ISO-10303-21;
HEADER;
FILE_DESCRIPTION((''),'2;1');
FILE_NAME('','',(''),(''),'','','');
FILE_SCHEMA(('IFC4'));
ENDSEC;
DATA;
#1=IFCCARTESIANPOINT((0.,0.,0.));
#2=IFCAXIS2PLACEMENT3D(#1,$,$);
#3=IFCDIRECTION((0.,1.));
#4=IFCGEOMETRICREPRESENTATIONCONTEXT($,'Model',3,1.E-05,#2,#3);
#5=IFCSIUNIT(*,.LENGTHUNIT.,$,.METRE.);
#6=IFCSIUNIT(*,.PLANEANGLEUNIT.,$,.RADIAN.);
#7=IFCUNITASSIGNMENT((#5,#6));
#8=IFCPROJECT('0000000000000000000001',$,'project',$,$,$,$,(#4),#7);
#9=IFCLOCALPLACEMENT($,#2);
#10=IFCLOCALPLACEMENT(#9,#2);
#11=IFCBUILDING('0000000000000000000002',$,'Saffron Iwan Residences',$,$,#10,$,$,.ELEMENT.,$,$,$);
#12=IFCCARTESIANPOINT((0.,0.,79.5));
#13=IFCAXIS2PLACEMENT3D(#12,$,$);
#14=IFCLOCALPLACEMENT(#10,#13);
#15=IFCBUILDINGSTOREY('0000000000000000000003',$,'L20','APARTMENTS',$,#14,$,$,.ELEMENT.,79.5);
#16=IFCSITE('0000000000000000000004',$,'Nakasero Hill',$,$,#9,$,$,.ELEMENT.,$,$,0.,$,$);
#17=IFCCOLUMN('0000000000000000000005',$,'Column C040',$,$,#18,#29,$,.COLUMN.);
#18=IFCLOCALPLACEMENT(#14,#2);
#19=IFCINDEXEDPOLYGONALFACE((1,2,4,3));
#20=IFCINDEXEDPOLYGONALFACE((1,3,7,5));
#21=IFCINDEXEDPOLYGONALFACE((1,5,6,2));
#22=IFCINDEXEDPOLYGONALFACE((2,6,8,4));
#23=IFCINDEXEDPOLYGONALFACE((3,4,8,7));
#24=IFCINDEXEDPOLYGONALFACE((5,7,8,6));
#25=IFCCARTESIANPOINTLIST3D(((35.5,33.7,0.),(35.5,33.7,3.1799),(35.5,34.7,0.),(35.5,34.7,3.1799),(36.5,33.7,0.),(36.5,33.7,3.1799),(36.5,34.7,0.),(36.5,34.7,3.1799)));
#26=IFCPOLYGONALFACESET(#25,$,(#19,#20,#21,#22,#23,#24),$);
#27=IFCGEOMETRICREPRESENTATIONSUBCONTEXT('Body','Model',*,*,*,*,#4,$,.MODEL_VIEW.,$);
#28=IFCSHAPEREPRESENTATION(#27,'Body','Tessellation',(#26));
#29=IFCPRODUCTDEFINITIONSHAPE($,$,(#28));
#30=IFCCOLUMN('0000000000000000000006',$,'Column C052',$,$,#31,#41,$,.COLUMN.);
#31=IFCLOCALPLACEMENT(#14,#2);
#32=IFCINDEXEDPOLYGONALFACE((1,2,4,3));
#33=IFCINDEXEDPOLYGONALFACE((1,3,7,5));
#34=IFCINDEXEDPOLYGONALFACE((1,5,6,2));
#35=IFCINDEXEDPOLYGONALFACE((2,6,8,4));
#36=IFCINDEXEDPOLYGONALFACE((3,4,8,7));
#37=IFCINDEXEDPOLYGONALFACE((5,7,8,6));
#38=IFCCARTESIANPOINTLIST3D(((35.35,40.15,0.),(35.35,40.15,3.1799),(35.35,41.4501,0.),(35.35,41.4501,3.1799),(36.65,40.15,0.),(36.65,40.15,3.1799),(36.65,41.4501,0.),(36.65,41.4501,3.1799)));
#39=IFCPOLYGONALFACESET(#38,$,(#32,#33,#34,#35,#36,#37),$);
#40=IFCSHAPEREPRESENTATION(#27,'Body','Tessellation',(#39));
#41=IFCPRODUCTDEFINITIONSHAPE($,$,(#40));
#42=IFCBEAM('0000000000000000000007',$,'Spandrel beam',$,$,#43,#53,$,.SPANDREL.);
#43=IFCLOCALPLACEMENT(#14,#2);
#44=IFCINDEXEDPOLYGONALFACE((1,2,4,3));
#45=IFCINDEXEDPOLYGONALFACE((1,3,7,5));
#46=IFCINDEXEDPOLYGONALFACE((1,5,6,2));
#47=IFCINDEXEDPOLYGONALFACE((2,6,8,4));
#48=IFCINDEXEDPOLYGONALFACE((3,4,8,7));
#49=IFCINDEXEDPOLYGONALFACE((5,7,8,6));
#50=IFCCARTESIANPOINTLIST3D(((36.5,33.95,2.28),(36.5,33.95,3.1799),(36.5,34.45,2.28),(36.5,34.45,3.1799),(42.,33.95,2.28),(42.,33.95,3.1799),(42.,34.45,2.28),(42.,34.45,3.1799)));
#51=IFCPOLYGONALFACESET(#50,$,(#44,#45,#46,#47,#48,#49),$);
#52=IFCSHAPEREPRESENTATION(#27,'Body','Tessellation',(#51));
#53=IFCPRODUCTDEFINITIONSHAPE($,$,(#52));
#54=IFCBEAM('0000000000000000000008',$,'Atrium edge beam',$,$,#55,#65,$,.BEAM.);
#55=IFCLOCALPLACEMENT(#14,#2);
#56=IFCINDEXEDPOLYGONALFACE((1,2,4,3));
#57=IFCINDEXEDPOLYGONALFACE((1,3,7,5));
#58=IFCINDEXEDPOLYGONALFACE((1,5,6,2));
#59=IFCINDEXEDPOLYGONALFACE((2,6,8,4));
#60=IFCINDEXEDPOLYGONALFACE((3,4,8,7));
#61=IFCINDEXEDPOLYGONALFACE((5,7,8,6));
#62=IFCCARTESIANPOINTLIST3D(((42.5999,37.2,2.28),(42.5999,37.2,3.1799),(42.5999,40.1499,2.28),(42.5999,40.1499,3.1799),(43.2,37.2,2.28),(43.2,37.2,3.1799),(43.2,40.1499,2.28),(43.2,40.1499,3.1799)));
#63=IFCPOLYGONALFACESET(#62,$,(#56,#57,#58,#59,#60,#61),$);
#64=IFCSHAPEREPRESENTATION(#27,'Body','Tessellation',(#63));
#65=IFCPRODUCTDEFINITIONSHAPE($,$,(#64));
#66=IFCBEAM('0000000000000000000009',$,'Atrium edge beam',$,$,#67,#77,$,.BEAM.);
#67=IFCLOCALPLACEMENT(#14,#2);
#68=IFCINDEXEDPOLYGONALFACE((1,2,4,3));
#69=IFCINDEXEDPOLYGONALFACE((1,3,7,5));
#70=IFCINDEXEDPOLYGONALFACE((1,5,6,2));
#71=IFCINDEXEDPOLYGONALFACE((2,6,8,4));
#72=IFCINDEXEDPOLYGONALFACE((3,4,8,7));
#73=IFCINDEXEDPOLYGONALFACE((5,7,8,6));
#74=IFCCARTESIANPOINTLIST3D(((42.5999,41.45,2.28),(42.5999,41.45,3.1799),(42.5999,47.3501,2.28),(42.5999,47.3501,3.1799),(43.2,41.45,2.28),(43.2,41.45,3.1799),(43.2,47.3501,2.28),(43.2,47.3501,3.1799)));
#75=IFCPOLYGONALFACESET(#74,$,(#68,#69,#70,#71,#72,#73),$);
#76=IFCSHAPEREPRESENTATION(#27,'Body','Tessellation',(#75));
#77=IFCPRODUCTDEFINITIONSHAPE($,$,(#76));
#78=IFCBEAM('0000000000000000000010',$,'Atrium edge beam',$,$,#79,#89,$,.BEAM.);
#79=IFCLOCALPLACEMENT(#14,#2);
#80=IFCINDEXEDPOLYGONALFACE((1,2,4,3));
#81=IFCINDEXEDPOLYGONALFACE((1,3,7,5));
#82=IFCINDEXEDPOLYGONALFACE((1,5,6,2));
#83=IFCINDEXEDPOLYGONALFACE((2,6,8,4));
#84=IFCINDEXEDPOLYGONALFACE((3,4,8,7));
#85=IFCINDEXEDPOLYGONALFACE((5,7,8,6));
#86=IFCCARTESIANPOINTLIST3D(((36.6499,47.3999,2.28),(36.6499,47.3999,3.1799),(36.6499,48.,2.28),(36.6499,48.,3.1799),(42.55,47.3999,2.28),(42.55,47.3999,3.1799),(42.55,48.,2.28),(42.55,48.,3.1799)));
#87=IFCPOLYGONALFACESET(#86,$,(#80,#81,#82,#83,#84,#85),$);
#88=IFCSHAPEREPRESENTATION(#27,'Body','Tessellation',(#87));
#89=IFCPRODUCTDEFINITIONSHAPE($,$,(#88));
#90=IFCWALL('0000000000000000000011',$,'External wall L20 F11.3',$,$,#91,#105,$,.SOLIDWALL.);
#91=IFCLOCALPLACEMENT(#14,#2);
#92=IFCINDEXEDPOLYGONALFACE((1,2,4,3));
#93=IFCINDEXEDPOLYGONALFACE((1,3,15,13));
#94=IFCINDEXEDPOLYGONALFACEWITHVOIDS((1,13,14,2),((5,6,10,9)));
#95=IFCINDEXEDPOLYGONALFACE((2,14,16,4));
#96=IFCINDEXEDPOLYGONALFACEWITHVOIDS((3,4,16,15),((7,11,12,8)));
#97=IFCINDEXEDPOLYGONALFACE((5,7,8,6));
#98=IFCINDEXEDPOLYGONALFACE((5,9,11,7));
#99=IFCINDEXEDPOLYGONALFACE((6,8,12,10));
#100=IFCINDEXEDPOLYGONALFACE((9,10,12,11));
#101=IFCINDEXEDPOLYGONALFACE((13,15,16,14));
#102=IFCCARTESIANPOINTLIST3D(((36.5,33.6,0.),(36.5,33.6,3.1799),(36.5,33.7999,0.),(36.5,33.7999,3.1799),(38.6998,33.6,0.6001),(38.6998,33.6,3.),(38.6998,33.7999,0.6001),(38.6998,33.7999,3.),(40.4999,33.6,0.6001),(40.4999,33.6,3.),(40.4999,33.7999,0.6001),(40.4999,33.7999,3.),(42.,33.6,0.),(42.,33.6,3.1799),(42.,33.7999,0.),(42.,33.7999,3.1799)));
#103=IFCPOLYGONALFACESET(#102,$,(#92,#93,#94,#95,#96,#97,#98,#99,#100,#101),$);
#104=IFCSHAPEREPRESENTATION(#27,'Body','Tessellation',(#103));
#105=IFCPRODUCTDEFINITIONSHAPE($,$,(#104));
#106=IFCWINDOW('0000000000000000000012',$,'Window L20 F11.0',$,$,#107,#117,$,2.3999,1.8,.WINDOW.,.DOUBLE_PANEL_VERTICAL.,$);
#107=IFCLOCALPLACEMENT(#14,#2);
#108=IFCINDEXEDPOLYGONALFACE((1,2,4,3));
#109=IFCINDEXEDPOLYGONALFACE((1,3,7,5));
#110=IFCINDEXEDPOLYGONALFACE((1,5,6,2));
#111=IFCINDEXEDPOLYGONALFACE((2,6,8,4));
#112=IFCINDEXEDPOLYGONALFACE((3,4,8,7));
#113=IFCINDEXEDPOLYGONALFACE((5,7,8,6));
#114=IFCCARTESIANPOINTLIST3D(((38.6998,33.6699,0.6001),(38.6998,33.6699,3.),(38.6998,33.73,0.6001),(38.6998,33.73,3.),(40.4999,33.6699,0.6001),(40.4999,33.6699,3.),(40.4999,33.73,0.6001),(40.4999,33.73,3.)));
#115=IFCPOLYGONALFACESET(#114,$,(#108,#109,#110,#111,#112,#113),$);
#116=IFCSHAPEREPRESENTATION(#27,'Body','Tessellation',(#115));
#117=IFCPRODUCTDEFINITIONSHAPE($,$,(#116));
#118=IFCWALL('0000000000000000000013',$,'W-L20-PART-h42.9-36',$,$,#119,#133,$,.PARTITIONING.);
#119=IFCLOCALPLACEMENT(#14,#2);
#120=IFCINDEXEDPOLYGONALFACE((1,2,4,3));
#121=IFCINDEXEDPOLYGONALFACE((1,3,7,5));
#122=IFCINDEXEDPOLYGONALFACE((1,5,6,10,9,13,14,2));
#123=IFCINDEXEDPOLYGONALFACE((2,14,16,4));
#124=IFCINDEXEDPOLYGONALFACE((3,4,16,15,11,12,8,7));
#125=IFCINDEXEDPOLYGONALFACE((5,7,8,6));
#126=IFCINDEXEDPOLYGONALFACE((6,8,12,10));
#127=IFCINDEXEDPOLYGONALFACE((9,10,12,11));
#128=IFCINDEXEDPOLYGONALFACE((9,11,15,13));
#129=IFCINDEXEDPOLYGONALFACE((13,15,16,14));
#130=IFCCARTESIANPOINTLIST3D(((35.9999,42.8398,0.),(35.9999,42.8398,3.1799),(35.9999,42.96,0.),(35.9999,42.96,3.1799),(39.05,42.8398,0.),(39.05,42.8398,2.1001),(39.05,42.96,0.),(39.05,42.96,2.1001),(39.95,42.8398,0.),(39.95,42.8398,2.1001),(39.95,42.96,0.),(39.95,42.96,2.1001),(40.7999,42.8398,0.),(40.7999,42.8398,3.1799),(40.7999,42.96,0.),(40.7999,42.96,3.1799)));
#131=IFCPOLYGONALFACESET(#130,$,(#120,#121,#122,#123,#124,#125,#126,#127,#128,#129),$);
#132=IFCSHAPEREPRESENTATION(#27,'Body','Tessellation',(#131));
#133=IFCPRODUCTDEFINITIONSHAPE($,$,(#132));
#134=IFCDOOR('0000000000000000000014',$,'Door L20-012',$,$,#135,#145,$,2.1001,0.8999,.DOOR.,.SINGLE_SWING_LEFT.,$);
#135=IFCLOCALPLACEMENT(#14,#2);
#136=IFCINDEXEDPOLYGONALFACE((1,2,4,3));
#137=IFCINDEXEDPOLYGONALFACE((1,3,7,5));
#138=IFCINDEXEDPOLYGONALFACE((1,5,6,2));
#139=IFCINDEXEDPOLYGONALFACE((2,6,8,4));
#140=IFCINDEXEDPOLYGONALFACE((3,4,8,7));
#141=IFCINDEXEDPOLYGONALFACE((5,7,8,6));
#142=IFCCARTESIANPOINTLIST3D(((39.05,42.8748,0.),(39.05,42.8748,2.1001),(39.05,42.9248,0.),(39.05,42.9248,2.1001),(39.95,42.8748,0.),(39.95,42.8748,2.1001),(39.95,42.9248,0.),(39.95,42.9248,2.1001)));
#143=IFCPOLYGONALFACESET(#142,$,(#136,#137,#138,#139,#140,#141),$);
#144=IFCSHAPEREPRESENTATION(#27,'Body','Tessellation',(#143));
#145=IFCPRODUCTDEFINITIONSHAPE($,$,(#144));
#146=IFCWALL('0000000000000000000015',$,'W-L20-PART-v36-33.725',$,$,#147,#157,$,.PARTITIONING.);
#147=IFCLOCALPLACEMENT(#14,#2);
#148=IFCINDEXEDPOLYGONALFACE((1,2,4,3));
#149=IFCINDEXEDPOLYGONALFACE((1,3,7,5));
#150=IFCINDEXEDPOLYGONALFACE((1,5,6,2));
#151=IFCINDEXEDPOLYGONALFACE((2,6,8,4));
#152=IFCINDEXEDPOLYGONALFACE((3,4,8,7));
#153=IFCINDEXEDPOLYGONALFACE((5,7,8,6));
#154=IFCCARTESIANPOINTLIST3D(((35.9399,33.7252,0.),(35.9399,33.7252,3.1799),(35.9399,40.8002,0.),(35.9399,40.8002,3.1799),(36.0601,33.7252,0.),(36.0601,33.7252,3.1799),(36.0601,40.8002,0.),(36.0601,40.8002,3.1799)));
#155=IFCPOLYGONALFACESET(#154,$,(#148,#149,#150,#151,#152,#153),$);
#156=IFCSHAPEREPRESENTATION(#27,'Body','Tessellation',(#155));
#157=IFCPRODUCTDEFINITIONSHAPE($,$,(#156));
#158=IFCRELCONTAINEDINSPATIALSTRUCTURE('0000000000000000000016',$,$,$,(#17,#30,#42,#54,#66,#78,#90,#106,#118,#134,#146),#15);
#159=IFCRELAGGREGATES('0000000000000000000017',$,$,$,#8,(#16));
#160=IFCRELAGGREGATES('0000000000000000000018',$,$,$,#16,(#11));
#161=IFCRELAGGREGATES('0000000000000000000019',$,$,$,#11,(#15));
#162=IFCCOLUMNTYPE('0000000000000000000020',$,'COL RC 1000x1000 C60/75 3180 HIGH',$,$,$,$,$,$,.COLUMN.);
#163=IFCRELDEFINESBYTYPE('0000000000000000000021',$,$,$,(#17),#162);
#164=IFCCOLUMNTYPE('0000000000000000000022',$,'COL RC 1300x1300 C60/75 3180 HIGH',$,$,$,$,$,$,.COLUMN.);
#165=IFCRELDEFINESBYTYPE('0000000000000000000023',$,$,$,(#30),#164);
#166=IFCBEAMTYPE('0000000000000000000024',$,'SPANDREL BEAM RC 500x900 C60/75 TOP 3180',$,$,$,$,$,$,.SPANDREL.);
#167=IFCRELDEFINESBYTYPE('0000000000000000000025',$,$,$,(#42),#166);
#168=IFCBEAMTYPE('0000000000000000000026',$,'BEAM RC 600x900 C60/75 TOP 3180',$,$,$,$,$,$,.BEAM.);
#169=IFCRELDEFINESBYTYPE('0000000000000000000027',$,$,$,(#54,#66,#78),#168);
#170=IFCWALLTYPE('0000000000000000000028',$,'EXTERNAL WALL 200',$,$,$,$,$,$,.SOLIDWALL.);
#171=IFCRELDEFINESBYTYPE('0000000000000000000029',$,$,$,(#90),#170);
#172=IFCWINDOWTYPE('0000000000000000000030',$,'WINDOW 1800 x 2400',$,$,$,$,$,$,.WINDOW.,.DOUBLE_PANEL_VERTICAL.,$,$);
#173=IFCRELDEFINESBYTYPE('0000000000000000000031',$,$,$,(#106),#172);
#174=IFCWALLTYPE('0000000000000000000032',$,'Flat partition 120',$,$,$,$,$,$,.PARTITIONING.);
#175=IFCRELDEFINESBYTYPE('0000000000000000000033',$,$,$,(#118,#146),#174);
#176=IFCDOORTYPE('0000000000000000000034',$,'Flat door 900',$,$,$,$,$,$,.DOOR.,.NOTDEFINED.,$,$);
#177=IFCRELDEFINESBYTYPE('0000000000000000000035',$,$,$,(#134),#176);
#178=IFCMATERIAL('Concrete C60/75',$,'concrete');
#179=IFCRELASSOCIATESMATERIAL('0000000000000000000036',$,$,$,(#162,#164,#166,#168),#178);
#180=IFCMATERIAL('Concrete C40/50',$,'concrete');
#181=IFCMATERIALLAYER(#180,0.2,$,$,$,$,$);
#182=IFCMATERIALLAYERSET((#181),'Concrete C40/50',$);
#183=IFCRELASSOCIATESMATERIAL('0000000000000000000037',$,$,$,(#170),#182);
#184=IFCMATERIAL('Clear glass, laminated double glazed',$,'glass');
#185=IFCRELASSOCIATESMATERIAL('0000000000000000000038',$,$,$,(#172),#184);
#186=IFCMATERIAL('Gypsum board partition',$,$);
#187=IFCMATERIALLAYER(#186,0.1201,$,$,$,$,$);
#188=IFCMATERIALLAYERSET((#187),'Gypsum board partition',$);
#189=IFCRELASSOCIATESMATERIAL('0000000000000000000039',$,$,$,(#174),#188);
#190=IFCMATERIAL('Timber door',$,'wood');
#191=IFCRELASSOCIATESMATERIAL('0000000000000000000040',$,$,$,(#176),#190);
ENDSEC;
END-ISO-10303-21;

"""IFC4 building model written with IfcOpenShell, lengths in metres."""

from ifc_helpers import new_model, si_unit, direction, frame, frame_2d, origin, origin_2d, place, context, subcontext, project, spatial, rectangle, extrude, source, transform, mapped, material, layer, layer_set, material_profile, profile_set, type_object, element, fill, save


model = new_model("IFC4")

# Units and contexts
model_context = context("Model", 3, precision=1e-05, world=origin(), true_north=direction((0.0, 1.0)))
body_context = subcontext(model_context, "Body", "Model", "MODEL_VIEW")
ifc_project = project(units=[si_unit("LENGTHUNIT", "METRE"), si_unit("PLANEANGLEUNIT", "RADIAN")], contexts=[model_context])

# Site, building, storey
site_placement = place(None, origin())
site = spatial("IfcSite", under=ifc_project, at=site_placement, Name="Nakasero Hill", CompositionType="ELEMENT", RefElevation=0.0)
building_placement = place(site_placement, origin())
building = spatial("IfcBuilding", under=site, at=building_placement, Name="Saffron Iwan Residences", CompositionType="ELEMENT")
storey_placement = place(building_placement, frame((0.0, 0.0, 79.5)))
storey = spatial("IfcBuildingStorey", under=building, at=storey_placement, Name="L20", Description="APARTMENTS", CompositionType="ELEMENT", Elevation=79.5)

# Columns
ifc_material_1 = material(Name="Concrete C60/75", Category="concrete")
ifc_material_profile_1 = material_profile(ifc_material_1, rectangle(XDim=1.0, YDim=1.0, at=origin_2d()), Name="RC 1000x1000")
ifc_profile_set_1 = profile_set([ifc_material_profile_1], Name="Concrete C60/75")
column_type_1 = type_object("IfcColumnType", Name="COL RC 1000x1000 C60/75 3180 HIGH", PredefinedType="COLUMN", material=ifc_profile_set_1)
shared_shape_1 = source(origin(), body_context, "Body", "SweptSolid", [
    extrude(rectangle(XDim=1.0, YDim=1.0, at=origin_2d()), origin(), (0.0, 0.0, 1.0), 3.1799),
])
column_1_placement = place(storey_placement, frame((36.0, 34.2, 0.0), z_axis=(0.0, 0.0, 1.0), x_axis=(1.0, 0.0, 0.0)))
element("IfcColumn", 1, at=column_1_placement, inside=storey, type_object=column_type_1, Name="Column C040", PredefinedType="COLUMN", context=body_context, shape_type="MappedRepresentation", body=[
    mapped(shared_shape_1, transform((0.0, 0.0, 0.0))),
])
ifc_material_profile_2 = material_profile(ifc_material_1, rectangle(XDim=1.3, YDim=1.3, at=origin_2d()), Name="RC 1300x1300")
ifc_profile_set_2 = profile_set([ifc_material_profile_2], Name="Concrete C60/75")
column_type_2 = type_object("IfcColumnType", Name="COL RC 1300x1300 C60/75 3180 HIGH", PredefinedType="COLUMN", material=ifc_profile_set_2)
shared_shape_2 = source(origin(), body_context, "Body", "SweptSolid", [
    extrude(rectangle(XDim=1.3, YDim=1.3, at=origin_2d()), origin(), (0.0, 0.0, 1.0), 3.1799),
])
column_2_placement = place(storey_placement, frame((36.0, 40.8, 0.0), z_axis=(0.0, 0.0, 1.0), x_axis=(1.0, 0.0, 0.0)))
element("IfcColumn", 2, at=column_2_placement, inside=storey, type_object=column_type_2, Name="Column C052", PredefinedType="COLUMN", context=body_context, shape_type="MappedRepresentation", body=[
    mapped(shared_shape_2, transform((0.0, 0.0, 0.0))),
])

# Beams
ifc_material_profile_3 = material_profile(ifc_material_1, rectangle(XDim=0.5, YDim=0.8999, at=origin_2d()), Name="RC 500x900")
ifc_profile_set_3 = profile_set([ifc_material_profile_3], Name="Concrete C60/75")
beam_type_1 = type_object("IfcBeamType", Name="SPANDREL BEAM RC 500x900 C60/75 TOP 3180", PredefinedType="SPANDREL", material=ifc_profile_set_3)
shared_shape_3 = source(origin(), body_context, "Body", "SweptSolid", [
    extrude(rectangle(XDim=0.5, YDim=0.8999, at=origin_2d()), origin(), (0.0, 0.0, 1.0), 5.5),
])
beam_1_placement = place(storey_placement, frame((42.0, 34.2, 2.73), z_axis=(-1.0, 0.0, 0.0), x_axis=(0.0, -1.0, 0.0)))
element("IfcBeam", 3, at=beam_1_placement, inside=storey, type_object=beam_type_1, Name="Spandrel beam", PredefinedType="SPANDREL", context=body_context, shape_type="MappedRepresentation", body=[
    mapped(shared_shape_3, transform((0.0, 0.0, 0.0))),
])
ifc_material_profile_4 = material_profile(ifc_material_1, rectangle(XDim=0.6001, YDim=0.8999, at=origin_2d()), Name="RC 600x900")
ifc_profile_set_4 = profile_set([ifc_material_profile_4], Name="Concrete C60/75")
beam_type_2 = type_object("IfcBeamType", Name="BEAM RC 600x900 C60/75 TOP 3180", PredefinedType="BEAM", material=ifc_profile_set_4)
shared_shape_4 = source(origin(), body_context, "Body", "SweptSolid", [
    extrude(rectangle(XDim=0.6001, YDim=0.8999, at=origin_2d()), origin(), (0.0, 0.0, 1.0), 2.95),
])
beam_2_placement = place(storey_placement, frame((42.8999, 37.2, 2.73), z_axis=(0.0, 1.0, 0.0), x_axis=(-1.0, 0.0, 0.0)))
element("IfcBeam", 4, at=beam_2_placement, inside=storey, type_object=beam_type_2, Name="Atrium edge beam", PredefinedType="BEAM", context=body_context, shape_type="MappedRepresentation", body=[
    mapped(shared_shape_4, transform((0.0, 0.0, 0.0))),
])
shared_shape_5 = source(origin(), body_context, "Body", "SweptSolid", [
    extrude(rectangle(XDim=0.6001, YDim=0.8999, at=origin_2d()), origin(), (0.0, 0.0, 1.0), 5.9001),
])
for number, where, z_axis, x_axis, name in (
    (5, (42.8999, 41.45, 2.73), (0.0, 1.0, 0.0), (-1.0, 0.0, 0.0), "Atrium edge beam"),
    (6, (42.55, 47.7, 2.73), (-1.0, 0.0, 0.0), (0.0, -1.0, 0.0), "Atrium edge beam"),
):
    element("IfcBeam", number, at=place(storey_placement, frame(where, z_axis=z_axis, x_axis=x_axis)), inside=storey, type_object=beam_type_2, Name=name, PredefinedType="BEAM", context=body_context, shape_type="MappedRepresentation", body=[
        mapped(shared_shape_5, transform((0.0, 0.0, 0.0))),
    ])

# Wall, opening, window
ifc_material_2 = material(Name="Concrete C40/50", Category="concrete")
ifc_layer_1 = layer(ifc_material_2, 0.2)
ifc_layer_set_1 = layer_set([ifc_layer_1], Name="Concrete C40/50")
wall_type_1 = type_object("IfcWallType", Name="EXTERNAL WALL 200", PredefinedType="SOLIDWALL", material=ifc_layer_set_1)
wall_1_placement = place(storey_placement, frame((36.5, 33.7, 0.0), z_axis=(0.0, 0.0, 1.0), x_axis=(1.0, 0.0, 0.0)))
wall_1 = element("IfcWall", 7, at=wall_1_placement, inside=storey, type_object=wall_type_1, Name="External wall L20 F11.3", PredefinedType="SOLIDWALL", context=body_context, shape_type="SweptSolid", body=[
    extrude(rectangle(XDim=5.5, YDim=0.2, at=frame_2d((2.75, 0.0))), origin(), (0.0, 0.0, 1.0), 3.1799),
])
opening_1_placement = place(wall_1_placement, frame((2.2, 0.0, 0.6001)))
opening_1 = element("IfcOpeningElement", 8, at=opening_1_placement, cuts=wall_1, PredefinedType="OPENING", context=body_context, shape_type="SweptSolid", body=[
    extrude(rectangle(XDim=1.8, YDim=2.3999, at=frame_2d((0.8999, 1.2))), frame((0.0, 0.1099, 0.0), z_axis=(0.0, -1.0, 0.0), x_axis=(1.0, 0.0, 0.0)), (0.0, 0.0, 1.0), 0.22),
])
ifc_material_3 = material(Name="Clear glass, laminated double glazed", Category="glass")
window_type = type_object("IfcWindowType", Name="WINDOW 1800 x 2400", PartitioningType="DOUBLE_PANEL_VERTICAL", PredefinedType="WINDOW", material=ifc_material_3)
window_placement = place(opening_1_placement, origin())
window = element("IfcWindow", 9, at=window_placement, inside=storey, type_object=window_type, Name="Window L20 F11.0", OverallHeight=2.3999, OverallWidth=1.8, PartitioningType="DOUBLE_PANEL_VERTICAL", PredefinedType="WINDOW", context=body_context, shape_type="SweptSolid", body=[
    extrude(rectangle(XDim=1.8, YDim=2.3999, at=frame_2d((0.8999, 1.2))), frame((0.0, 0.03, 0.0), z_axis=(0.0, -1.0, 0.0), x_axis=(1.0, 0.0, 0.0)), (0.0, 0.0, 1.0), 0.0601),
])
fill(opening_1, window)

# Wall, opening, door
ifc_material_4 = material(Name="Gypsum board partition")
ifc_layer_2 = layer(ifc_material_4, 0.1201)
ifc_layer_set_2 = layer_set([ifc_layer_2], Name="Gypsum board partition")
wall_type_2 = type_object("IfcWallType", Name="Flat partition 120", PredefinedType="PARTITIONING", material=ifc_layer_set_2)
wall_2_placement = place(storey_placement, frame((36.0, 42.8999, 0.0), z_axis=(0.0, 0.0, 1.0), x_axis=(1.0, 0.0, 0.0)))
wall_2 = element("IfcWall", 10, at=wall_2_placement, inside=storey, type_object=wall_type_2, Name="W-L20-PART-h42.9-36", PredefinedType="PARTITIONING", context=body_context, shape_type="SweptSolid", body=[
    extrude(rectangle(XDim=4.8, YDim=0.1201, at=frame_2d((2.3999, 0.0))), origin(), (0.0, 0.0, 1.0), 3.1799),
])
opening_2_placement = place(wall_2_placement, frame((3.05, 0.0, 0.0)))
opening_2 = element("IfcOpeningElement", 11, at=opening_2_placement, cuts=wall_2, PredefinedType="OPENING", context=body_context, shape_type="SweptSolid", body=[
    extrude(rectangle(XDim=0.8999, YDim=2.1001, at=frame_2d((0.45, 1.05))), frame((0.0, 0.0701, 0.0), z_axis=(0.0, -1.0, 0.0), x_axis=(1.0, 0.0, 0.0)), (0.0, 0.0, 1.0), 0.1401),
])
ifc_material_5 = material(Name="Timber door", Category="wood")
door_type_1 = type_object("IfcDoorType", Name="Flat door 900", OperationType="NOTDEFINED", PredefinedType="DOOR", material=ifc_material_5)
door_1_placement = place(opening_2_placement, origin())
door_1 = element("IfcDoor", 12, at=door_1_placement, inside=storey, type_object=door_type_1, Name="Door L20-012", OperationType="SINGLE_SWING_LEFT", OverallHeight=2.1001, OverallWidth=0.8999, PredefinedType="DOOR", context=body_context, shape_type="SweptSolid", body=[
    extrude(rectangle(XDim=0.8999, YDim=2.1001, at=frame_2d((0.45, 1.05))), frame((0.0, 0.0249, 0.0), z_axis=(0.0, -1.0, 0.0), x_axis=(1.0, 0.0, 0.0)), (0.0, 0.0, 1.0), 0.05),
])
fill(opening_2, door_1)

# Wall
wall_3_placement = place(storey_placement, frame((36.0, 33.7251, 0.0), z_axis=(0.0, 0.0, 1.0), x_axis=(0.0, 1.0, 0.0)))
element("IfcWall", 13, at=wall_3_placement, inside=storey, type_object=wall_type_2, Name="W-L20-PART-v36-33.725", PredefinedType="PARTITIONING", context=body_context, shape_type="SweptSolid", body=[
    extrude(rectangle(XDim=7.075, YDim=0.1201, at=frame_2d((3.5376, 0.0))), origin(), (0.0, 0.0, 1.0), 3.1799),
])

save(model, "model.ifc")
